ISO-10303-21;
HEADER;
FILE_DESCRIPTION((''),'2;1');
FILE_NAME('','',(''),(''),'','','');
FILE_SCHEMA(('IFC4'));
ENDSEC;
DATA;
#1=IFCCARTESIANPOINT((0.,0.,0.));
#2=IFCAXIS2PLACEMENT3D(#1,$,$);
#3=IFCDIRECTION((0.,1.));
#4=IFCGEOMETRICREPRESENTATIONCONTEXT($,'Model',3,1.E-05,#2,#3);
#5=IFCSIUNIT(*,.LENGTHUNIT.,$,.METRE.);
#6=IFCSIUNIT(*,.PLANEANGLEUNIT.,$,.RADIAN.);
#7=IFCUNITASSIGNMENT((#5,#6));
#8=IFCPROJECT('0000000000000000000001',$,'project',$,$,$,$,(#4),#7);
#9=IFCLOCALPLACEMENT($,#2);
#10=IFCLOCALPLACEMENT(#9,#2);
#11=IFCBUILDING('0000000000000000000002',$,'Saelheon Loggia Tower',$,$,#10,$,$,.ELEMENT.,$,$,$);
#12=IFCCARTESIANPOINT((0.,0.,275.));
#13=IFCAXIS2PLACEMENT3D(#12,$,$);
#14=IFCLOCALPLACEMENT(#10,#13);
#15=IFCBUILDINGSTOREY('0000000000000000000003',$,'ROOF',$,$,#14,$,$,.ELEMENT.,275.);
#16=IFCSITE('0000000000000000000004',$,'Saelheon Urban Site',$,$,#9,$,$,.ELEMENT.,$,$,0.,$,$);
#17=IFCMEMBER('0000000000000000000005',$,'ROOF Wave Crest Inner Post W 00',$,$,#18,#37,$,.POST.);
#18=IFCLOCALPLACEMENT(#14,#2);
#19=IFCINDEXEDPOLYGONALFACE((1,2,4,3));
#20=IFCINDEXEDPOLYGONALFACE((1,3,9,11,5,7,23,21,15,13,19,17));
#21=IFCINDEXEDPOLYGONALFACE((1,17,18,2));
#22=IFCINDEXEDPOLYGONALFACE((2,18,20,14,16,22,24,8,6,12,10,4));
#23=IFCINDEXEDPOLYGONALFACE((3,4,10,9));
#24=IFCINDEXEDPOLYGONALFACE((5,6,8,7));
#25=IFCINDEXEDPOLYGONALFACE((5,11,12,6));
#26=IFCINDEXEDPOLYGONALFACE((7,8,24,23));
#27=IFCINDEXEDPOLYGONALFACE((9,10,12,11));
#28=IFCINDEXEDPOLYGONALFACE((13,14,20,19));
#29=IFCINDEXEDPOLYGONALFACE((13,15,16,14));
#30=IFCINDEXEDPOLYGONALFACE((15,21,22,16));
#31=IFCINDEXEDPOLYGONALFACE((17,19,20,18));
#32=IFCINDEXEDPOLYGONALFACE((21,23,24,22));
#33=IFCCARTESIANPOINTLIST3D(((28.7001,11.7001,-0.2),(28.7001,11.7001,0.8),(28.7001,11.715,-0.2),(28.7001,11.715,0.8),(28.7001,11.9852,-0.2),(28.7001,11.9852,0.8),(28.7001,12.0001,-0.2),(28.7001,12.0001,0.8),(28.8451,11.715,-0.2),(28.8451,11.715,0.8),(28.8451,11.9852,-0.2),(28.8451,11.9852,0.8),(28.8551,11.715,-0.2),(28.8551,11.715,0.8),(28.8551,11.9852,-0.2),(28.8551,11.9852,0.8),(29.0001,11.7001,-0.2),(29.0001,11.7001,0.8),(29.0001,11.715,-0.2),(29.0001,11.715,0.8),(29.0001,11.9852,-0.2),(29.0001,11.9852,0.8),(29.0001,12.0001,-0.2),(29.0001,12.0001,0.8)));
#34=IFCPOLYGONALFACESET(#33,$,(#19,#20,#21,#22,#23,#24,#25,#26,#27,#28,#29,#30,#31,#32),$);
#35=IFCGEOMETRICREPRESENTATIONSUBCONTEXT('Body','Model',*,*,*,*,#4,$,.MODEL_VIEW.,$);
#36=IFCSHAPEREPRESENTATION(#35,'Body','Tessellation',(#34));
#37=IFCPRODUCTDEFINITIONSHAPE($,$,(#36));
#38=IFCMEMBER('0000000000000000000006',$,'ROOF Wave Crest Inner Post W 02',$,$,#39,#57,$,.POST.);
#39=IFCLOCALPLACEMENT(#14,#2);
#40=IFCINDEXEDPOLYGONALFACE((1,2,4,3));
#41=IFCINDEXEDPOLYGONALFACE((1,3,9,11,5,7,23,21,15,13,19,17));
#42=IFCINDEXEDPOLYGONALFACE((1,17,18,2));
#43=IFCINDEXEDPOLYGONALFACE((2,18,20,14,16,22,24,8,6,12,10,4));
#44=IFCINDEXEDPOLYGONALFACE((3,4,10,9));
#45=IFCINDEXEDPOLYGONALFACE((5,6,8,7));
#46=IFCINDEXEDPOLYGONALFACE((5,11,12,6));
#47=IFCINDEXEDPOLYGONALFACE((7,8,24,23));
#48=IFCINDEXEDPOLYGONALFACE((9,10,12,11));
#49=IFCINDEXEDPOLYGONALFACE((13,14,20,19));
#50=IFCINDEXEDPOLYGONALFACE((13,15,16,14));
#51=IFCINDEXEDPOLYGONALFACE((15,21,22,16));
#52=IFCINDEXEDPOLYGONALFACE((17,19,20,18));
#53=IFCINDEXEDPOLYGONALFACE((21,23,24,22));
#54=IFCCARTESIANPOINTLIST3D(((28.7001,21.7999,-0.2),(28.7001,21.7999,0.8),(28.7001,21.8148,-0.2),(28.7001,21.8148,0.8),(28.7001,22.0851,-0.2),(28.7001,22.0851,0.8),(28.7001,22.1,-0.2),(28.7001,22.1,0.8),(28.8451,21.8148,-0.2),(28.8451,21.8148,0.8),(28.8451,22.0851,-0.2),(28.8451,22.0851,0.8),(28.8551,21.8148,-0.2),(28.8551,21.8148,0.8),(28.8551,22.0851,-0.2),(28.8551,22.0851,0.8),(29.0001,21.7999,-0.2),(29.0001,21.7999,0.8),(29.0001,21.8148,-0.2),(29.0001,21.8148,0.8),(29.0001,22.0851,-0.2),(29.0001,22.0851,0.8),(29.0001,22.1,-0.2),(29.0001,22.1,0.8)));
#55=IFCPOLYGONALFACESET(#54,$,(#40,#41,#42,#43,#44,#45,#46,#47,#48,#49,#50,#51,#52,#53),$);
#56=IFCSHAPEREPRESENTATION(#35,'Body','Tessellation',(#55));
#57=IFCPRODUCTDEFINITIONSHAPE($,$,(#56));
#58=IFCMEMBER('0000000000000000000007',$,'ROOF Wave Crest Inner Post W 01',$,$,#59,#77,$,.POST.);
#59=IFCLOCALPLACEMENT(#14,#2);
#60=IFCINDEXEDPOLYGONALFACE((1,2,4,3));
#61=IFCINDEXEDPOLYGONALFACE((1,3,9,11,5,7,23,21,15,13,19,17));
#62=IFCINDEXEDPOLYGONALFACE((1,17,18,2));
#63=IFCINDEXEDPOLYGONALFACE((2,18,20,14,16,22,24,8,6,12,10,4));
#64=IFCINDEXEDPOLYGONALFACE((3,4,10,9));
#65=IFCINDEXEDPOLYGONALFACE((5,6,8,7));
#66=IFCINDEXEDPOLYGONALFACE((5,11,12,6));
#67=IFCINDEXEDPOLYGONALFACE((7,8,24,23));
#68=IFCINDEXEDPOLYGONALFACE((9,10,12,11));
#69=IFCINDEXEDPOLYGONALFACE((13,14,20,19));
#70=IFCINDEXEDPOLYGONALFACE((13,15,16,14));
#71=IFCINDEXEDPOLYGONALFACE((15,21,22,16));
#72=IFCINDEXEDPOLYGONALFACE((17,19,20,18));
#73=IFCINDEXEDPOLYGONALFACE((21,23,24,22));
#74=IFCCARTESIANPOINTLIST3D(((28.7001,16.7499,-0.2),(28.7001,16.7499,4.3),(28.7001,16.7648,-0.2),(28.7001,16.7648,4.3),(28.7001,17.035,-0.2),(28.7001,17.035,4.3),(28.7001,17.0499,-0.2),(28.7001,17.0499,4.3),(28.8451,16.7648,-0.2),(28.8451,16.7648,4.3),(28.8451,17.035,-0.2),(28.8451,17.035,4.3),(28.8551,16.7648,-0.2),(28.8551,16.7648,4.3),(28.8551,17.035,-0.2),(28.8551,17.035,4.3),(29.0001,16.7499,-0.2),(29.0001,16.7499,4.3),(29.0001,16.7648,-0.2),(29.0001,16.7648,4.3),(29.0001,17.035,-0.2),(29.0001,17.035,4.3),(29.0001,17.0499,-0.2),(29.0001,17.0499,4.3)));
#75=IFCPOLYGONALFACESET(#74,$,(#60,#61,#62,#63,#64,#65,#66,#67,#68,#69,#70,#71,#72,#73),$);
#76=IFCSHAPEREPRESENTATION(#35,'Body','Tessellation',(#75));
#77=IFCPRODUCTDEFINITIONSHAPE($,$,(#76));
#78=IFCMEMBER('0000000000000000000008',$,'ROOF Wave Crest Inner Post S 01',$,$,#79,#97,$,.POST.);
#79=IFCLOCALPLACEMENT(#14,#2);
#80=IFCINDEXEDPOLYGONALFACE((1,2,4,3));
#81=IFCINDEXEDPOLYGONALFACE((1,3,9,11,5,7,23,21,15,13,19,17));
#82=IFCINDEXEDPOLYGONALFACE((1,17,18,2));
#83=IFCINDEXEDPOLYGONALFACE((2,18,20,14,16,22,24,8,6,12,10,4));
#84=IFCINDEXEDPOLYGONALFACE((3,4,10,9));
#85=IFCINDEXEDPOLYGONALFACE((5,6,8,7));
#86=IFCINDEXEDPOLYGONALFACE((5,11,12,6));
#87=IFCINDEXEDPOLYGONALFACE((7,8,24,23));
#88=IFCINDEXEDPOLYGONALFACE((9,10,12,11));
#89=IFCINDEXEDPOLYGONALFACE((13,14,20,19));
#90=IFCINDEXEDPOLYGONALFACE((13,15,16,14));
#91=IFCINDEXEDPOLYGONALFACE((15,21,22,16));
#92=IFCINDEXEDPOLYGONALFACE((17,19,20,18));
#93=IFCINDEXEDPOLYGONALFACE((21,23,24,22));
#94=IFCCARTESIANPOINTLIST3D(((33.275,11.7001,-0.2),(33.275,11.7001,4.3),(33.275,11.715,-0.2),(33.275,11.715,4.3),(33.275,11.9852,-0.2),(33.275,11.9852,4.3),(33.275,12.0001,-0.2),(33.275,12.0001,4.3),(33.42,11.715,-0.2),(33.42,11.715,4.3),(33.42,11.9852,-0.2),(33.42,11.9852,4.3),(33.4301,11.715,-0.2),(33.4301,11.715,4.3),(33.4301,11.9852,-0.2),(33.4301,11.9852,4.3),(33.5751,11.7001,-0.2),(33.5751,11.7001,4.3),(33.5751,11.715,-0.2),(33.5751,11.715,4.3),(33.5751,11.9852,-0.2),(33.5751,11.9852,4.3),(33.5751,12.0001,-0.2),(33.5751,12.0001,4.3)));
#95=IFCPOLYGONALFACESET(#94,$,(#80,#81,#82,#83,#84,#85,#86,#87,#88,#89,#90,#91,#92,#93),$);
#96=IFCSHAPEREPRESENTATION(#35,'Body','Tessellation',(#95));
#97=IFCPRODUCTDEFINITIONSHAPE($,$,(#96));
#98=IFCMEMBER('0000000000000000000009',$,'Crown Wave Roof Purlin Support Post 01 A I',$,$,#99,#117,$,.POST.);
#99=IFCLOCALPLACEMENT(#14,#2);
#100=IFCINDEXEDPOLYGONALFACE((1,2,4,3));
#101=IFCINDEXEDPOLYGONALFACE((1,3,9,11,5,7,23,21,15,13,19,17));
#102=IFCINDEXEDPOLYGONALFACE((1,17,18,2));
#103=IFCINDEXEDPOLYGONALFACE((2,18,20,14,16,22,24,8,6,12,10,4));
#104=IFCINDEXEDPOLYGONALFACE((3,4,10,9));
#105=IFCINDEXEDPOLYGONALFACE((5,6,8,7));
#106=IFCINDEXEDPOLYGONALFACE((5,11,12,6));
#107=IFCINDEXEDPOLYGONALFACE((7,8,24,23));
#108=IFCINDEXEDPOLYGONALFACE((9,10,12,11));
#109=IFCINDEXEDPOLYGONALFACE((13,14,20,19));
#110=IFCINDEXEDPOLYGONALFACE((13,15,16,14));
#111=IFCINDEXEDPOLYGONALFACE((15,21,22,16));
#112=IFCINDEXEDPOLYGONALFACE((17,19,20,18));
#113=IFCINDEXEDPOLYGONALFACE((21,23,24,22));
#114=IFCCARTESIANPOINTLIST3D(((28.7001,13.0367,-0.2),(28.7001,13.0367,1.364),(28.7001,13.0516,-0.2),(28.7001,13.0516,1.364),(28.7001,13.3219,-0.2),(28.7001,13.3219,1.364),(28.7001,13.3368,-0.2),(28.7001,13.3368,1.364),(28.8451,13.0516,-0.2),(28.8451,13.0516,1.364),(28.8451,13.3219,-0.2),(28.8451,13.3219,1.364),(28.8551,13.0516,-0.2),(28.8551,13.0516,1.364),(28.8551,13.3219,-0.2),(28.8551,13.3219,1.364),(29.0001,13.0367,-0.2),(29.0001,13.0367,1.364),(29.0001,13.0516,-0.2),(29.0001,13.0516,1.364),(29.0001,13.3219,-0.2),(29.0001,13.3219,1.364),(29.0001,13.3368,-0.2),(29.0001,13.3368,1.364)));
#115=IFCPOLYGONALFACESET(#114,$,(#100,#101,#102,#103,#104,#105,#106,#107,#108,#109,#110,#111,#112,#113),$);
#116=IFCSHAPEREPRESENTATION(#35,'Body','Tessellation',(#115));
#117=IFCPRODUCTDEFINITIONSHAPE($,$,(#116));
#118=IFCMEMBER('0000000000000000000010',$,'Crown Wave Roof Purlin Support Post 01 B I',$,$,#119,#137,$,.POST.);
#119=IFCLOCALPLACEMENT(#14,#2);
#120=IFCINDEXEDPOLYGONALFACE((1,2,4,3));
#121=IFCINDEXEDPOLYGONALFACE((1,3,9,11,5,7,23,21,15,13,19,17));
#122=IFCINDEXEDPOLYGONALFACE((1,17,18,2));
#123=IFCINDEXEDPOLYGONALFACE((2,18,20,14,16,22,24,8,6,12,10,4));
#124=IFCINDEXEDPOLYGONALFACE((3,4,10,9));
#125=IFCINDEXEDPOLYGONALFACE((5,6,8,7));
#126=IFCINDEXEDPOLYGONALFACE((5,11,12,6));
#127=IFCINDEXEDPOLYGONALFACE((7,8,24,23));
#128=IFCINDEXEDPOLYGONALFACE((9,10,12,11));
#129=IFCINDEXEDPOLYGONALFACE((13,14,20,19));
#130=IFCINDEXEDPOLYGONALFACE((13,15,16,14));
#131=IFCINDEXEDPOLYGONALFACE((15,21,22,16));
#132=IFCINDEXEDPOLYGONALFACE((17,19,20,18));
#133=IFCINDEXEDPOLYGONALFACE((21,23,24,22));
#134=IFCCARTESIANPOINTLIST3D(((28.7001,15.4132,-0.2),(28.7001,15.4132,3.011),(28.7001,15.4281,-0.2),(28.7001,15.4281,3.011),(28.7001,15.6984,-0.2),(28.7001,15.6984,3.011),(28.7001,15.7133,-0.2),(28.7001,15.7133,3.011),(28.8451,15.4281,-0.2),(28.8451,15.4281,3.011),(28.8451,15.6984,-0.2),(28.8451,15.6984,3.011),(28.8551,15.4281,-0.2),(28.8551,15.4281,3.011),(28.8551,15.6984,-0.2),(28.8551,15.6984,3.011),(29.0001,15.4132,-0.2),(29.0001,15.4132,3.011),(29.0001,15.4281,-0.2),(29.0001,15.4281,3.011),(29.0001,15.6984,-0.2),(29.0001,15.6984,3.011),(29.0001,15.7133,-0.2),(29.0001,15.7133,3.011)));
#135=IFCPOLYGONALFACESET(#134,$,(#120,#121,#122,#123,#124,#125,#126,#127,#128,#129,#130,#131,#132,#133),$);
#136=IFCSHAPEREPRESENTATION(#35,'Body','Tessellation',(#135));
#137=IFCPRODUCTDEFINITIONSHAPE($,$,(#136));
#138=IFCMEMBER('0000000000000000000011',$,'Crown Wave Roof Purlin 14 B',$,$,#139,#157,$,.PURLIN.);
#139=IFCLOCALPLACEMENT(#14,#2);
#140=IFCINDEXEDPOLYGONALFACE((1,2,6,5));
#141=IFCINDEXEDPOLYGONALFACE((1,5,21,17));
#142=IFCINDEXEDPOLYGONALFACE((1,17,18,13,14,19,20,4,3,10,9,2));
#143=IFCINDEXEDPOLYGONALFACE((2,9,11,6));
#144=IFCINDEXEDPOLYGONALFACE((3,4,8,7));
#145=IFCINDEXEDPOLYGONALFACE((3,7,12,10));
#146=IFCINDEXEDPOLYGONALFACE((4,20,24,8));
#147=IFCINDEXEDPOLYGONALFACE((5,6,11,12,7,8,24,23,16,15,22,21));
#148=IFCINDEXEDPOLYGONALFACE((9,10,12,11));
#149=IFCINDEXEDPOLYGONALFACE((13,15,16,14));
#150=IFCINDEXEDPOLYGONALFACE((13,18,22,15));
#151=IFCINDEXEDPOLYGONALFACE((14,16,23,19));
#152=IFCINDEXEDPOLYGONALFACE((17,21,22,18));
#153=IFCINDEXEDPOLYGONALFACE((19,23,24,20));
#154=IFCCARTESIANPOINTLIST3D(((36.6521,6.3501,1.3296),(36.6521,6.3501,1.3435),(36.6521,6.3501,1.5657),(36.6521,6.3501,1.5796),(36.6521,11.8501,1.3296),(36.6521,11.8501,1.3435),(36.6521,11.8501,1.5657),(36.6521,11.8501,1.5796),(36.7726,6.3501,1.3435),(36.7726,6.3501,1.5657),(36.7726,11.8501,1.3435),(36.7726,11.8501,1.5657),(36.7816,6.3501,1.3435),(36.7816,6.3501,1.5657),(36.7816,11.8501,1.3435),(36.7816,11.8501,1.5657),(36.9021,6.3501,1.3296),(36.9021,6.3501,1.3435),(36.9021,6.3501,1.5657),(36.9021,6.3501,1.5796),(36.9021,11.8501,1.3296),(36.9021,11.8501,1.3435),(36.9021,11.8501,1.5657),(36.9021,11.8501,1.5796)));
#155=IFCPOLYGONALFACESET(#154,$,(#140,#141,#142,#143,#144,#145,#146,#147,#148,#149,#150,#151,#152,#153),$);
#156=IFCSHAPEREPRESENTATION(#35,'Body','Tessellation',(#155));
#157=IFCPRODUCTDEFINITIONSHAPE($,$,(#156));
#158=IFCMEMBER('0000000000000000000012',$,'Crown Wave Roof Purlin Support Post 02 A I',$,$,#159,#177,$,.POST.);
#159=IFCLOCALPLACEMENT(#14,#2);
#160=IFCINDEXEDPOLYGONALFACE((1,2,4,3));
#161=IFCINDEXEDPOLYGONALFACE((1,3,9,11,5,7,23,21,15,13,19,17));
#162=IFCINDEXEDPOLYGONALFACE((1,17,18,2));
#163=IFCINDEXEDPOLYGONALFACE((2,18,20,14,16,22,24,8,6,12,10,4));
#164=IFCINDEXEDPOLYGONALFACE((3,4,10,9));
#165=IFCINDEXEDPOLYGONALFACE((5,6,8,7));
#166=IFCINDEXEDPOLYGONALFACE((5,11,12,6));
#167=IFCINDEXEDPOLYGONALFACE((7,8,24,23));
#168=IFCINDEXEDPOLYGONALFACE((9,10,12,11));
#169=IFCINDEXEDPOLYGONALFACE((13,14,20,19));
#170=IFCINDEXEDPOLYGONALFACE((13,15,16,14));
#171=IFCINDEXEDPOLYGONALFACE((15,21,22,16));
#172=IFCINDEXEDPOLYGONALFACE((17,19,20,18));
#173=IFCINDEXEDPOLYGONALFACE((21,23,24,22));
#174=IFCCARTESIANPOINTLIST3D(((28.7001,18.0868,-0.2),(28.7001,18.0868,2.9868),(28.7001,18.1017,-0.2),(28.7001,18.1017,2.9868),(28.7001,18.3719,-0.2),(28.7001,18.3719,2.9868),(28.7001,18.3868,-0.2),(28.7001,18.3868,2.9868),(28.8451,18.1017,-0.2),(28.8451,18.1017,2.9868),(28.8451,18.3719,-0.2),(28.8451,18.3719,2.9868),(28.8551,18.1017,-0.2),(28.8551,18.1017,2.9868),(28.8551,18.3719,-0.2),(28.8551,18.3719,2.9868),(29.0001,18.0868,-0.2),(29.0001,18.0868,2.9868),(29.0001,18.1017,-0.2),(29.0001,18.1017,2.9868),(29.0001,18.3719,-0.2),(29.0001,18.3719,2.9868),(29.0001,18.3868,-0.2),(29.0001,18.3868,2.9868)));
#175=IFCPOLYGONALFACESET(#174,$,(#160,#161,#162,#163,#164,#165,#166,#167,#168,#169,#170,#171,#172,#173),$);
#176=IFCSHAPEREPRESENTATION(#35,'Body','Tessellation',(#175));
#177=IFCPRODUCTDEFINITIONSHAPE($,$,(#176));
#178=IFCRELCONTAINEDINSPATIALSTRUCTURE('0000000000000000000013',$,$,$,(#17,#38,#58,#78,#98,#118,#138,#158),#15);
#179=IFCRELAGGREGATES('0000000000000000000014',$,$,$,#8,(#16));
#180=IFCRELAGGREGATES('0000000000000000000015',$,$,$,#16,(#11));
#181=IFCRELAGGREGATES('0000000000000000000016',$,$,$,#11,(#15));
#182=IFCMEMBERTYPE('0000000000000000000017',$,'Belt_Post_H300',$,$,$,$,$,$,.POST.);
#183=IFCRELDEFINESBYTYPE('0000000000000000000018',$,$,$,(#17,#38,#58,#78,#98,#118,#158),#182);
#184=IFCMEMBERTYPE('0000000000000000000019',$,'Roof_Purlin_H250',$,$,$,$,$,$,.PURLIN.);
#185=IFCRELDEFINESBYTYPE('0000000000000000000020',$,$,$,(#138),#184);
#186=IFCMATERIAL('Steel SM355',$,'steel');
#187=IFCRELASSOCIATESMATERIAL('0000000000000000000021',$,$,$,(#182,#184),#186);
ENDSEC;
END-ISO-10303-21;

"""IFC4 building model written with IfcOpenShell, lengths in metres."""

from ifc_helpers import new_model, si_unit, direction, frame, origin, origin_2d, place, context, subcontext, project, spatial, i_section, extrude, source, transform, mapped, material, material_profile, profile_set, type_object, element, save


model = new_model("IFC4")

# Units and contexts
model_context = context("Model", 3, precision=1e-05, world=origin(), true_north=direction((0.0, 1.0)))
body_context = subcontext(model_context, "Body", "Model", "MODEL_VIEW")
ifc_project = project(units=[si_unit("LENGTHUNIT", "METRE"), si_unit("PLANEANGLEUNIT", "RADIAN")], contexts=[model_context])

# Site, building, storey
site_placement = place(None, origin())
site = spatial("IfcSite", under=ifc_project, at=site_placement, Name="Saelheon Urban Site", CompositionType="ELEMENT", RefElevation=0.0)
building_placement = place(site_placement, origin())
building = spatial("IfcBuilding", under=site, at=building_placement, Name="Saelheon Loggia Tower", CompositionType="ELEMENT")
storey_placement = place(building_placement, frame((0.0, 0.0, 275.0)))
storey = spatial("IfcBuildingStorey", under=building, at=storey_placement, Name="ROOF", CompositionType="ELEMENT", Elevation=275.0)

# Members
ifc_material_1 = material(Name="Steel SM355", Category="steel")
ifc_material_profile_1 = material_profile(ifc_material_1, i_section(OverallWidth=0.3, OverallDepth=0.3, WebThickness=0.01, FlangeThickness=0.0149, at=origin_2d()), Name="H-300x300x10x15")
ifc_profile_set_1 = profile_set([ifc_material_profile_1], Name="Steel SM355")
member_type_1 = type_object("IfcMemberType", Name="Belt_Post_H300", PredefinedType="POST", material=ifc_profile_set_1)
shared_shape_1 = source(origin(), body_context, "Body", "SweptSolid", [
    extrude(i_section(OverallWidth=0.3, OverallDepth=0.3, WebThickness=0.01, FlangeThickness=0.0149, at=origin_2d()), origin(), (0.0, 0.0, 1.0), 1.0),
])
for number, where, z_axis, x_axis, name in (
    (1, (28.8501, 11.8501, -0.2), (0.0, 0.0, 1.0), (1.0, 0.0, 0.0), "ROOF Wave Crest Inner Post W 00"),
    (2, (28.8501, 21.95, -0.2), (0.0, 0.0, 1.0), (1.0, 0.0, 0.0), "ROOF Wave Crest Inner Post W 02"),
):
    element("IfcMember", number, at=place(storey_placement, frame(where, z_axis=z_axis, x_axis=x_axis)), inside=storey, type_object=member_type_1, Name=name, PredefinedType="POST", context=body_context, shape_type="MappedRepresentation", body=[
        mapped(shared_shape_1, transform((0.0, 0.0, 0.0), scale=1.0)),
    ])
shared_shape_2 = source(origin(), body_context, "Body", "SweptSolid", [
    extrude(i_section(OverallWidth=0.3, OverallDepth=0.3, WebThickness=0.01, FlangeThickness=0.0149, at=origin_2d()), origin(), (0.0, 0.0, 1.0), 4.5),
])
for number, where, z_axis, x_axis, name in (
    (3, (28.8501, 16.8999, -0.2), (0.0, 0.0, 1.0), (1.0, 0.0, 0.0), "ROOF Wave Crest Inner Post W 01"),
    (4, (33.425, 11.8501, -0.2), (0.0, 0.0, 1.0), (1.0, 0.0, 0.0), "ROOF Wave Crest Inner Post S 01"),
):
    element("IfcMember", number, at=place(storey_placement, frame(where, z_axis=z_axis, x_axis=x_axis)), inside=storey, type_object=member_type_1, Name=name, PredefinedType="POST", context=body_context, shape_type="MappedRepresentation", body=[
        mapped(shared_shape_2, transform((0.0, 0.0, 0.0), scale=1.0)),
    ])
shared_shape_3 = source(origin(), body_context, "Body", "SweptSolid", [
    extrude(i_section(OverallWidth=0.3, OverallDepth=0.3, WebThickness=0.01, FlangeThickness=0.0149, at=origin_2d()), origin(), (0.0, 0.0, 1.0), 1.564),
])
member_1_placement = place(storey_placement, frame((28.8501, 13.1868, -0.2), z_axis=(0.0, 0.0, 1.0), x_axis=(1.0, 0.0, 0.0)))
element("IfcMember", 5, at=member_1_placement, inside=storey, type_object=member_type_1, Name="Crown Wave Roof Purlin Support Post 01 A I", PredefinedType="POST", context=body_context, shape_type="MappedRepresentation", body=[
    mapped(shared_shape_3, transform((0.0, 0.0, 0.0), scale=1.0)),
])
shared_shape_4 = source(origin(), body_context, "Body", "SweptSolid", [
    extrude(i_section(OverallWidth=0.3, OverallDepth=0.3, WebThickness=0.01, FlangeThickness=0.0149, at=origin_2d()), origin(), (0.0, 0.0, 1.0), 3.2109),
])
member_2_placement = place(storey_placement, frame((28.8501, 15.5632, -0.2), z_axis=(0.0, 0.0, 1.0), x_axis=(1.0, 0.0, 0.0)))
element("IfcMember", 6, at=member_2_placement, inside=storey, type_object=member_type_1, Name="Crown Wave Roof Purlin Support Post 01 B I", PredefinedType="POST", context=body_context, shape_type="MappedRepresentation", body=[
    mapped(shared_shape_4, transform((0.0, 0.0, 0.0), scale=1.0)),
])
ifc_material_profile_2 = material_profile(ifc_material_1, i_section(OverallWidth=0.25, OverallDepth=0.25, WebThickness=0.009, FlangeThickness=0.0139, at=origin_2d()), Name="H-250x250x9x14")
ifc_profile_set_2 = profile_set([ifc_material_profile_2], Name="Steel SM355")
member_type_2 = type_object("IfcMemberType", Name="Roof_Purlin_H250", PredefinedType="PURLIN", material=ifc_profile_set_2)
shared_shape_5 = source(origin(), body_context, "Body", "SweptSolid", [
    extrude(i_section(OverallWidth=0.25, OverallDepth=0.25, WebThickness=0.009, FlangeThickness=0.0139, at=origin_2d()), origin(), (0.0, 0.0, 1.0), 5.5),
])
member_3_placement = place(storey_placement, frame((36.7771, 6.3501, 1.4546), z_axis=(0.0, 1.0, 0.0), x_axis=(-1.0, 0.0, 0.0)))
element("IfcMember", 7, at=member_3_placement, inside=storey, type_object=member_type_2, Name="Crown Wave Roof Purlin 14 B", PredefinedType="PURLIN", context=body_context, shape_type="MappedRepresentation", body=[
    mapped(shared_shape_5, transform((0.0, 0.0, 0.0), scale=1.0)),
])
shared_shape_6 = source(origin(), body_context, "Body", "SweptSolid", [
    extrude(i_section(OverallWidth=0.3, OverallDepth=0.3, WebThickness=0.01, FlangeThickness=0.0149, at=origin_2d()), origin(), (0.0, 0.0, 1.0), 3.1868),
])
member_4_placement = place(storey_placement, frame((28.8501, 18.2368, -0.2), z_axis=(0.0, 0.0, 1.0), x_axis=(1.0, 0.0, 0.0)))
element("IfcMember", 8, at=member_4_placement, inside=storey, type_object=member_type_1, Name="Crown Wave Roof Purlin Support Post 02 A I", PredefinedType="POST", context=body_context, shape_type="MappedRepresentation", body=[
    mapped(shared_shape_6, transform((0.0, 0.0, 0.0), scale=1.0)),
])

save(model, "model.ifc")
